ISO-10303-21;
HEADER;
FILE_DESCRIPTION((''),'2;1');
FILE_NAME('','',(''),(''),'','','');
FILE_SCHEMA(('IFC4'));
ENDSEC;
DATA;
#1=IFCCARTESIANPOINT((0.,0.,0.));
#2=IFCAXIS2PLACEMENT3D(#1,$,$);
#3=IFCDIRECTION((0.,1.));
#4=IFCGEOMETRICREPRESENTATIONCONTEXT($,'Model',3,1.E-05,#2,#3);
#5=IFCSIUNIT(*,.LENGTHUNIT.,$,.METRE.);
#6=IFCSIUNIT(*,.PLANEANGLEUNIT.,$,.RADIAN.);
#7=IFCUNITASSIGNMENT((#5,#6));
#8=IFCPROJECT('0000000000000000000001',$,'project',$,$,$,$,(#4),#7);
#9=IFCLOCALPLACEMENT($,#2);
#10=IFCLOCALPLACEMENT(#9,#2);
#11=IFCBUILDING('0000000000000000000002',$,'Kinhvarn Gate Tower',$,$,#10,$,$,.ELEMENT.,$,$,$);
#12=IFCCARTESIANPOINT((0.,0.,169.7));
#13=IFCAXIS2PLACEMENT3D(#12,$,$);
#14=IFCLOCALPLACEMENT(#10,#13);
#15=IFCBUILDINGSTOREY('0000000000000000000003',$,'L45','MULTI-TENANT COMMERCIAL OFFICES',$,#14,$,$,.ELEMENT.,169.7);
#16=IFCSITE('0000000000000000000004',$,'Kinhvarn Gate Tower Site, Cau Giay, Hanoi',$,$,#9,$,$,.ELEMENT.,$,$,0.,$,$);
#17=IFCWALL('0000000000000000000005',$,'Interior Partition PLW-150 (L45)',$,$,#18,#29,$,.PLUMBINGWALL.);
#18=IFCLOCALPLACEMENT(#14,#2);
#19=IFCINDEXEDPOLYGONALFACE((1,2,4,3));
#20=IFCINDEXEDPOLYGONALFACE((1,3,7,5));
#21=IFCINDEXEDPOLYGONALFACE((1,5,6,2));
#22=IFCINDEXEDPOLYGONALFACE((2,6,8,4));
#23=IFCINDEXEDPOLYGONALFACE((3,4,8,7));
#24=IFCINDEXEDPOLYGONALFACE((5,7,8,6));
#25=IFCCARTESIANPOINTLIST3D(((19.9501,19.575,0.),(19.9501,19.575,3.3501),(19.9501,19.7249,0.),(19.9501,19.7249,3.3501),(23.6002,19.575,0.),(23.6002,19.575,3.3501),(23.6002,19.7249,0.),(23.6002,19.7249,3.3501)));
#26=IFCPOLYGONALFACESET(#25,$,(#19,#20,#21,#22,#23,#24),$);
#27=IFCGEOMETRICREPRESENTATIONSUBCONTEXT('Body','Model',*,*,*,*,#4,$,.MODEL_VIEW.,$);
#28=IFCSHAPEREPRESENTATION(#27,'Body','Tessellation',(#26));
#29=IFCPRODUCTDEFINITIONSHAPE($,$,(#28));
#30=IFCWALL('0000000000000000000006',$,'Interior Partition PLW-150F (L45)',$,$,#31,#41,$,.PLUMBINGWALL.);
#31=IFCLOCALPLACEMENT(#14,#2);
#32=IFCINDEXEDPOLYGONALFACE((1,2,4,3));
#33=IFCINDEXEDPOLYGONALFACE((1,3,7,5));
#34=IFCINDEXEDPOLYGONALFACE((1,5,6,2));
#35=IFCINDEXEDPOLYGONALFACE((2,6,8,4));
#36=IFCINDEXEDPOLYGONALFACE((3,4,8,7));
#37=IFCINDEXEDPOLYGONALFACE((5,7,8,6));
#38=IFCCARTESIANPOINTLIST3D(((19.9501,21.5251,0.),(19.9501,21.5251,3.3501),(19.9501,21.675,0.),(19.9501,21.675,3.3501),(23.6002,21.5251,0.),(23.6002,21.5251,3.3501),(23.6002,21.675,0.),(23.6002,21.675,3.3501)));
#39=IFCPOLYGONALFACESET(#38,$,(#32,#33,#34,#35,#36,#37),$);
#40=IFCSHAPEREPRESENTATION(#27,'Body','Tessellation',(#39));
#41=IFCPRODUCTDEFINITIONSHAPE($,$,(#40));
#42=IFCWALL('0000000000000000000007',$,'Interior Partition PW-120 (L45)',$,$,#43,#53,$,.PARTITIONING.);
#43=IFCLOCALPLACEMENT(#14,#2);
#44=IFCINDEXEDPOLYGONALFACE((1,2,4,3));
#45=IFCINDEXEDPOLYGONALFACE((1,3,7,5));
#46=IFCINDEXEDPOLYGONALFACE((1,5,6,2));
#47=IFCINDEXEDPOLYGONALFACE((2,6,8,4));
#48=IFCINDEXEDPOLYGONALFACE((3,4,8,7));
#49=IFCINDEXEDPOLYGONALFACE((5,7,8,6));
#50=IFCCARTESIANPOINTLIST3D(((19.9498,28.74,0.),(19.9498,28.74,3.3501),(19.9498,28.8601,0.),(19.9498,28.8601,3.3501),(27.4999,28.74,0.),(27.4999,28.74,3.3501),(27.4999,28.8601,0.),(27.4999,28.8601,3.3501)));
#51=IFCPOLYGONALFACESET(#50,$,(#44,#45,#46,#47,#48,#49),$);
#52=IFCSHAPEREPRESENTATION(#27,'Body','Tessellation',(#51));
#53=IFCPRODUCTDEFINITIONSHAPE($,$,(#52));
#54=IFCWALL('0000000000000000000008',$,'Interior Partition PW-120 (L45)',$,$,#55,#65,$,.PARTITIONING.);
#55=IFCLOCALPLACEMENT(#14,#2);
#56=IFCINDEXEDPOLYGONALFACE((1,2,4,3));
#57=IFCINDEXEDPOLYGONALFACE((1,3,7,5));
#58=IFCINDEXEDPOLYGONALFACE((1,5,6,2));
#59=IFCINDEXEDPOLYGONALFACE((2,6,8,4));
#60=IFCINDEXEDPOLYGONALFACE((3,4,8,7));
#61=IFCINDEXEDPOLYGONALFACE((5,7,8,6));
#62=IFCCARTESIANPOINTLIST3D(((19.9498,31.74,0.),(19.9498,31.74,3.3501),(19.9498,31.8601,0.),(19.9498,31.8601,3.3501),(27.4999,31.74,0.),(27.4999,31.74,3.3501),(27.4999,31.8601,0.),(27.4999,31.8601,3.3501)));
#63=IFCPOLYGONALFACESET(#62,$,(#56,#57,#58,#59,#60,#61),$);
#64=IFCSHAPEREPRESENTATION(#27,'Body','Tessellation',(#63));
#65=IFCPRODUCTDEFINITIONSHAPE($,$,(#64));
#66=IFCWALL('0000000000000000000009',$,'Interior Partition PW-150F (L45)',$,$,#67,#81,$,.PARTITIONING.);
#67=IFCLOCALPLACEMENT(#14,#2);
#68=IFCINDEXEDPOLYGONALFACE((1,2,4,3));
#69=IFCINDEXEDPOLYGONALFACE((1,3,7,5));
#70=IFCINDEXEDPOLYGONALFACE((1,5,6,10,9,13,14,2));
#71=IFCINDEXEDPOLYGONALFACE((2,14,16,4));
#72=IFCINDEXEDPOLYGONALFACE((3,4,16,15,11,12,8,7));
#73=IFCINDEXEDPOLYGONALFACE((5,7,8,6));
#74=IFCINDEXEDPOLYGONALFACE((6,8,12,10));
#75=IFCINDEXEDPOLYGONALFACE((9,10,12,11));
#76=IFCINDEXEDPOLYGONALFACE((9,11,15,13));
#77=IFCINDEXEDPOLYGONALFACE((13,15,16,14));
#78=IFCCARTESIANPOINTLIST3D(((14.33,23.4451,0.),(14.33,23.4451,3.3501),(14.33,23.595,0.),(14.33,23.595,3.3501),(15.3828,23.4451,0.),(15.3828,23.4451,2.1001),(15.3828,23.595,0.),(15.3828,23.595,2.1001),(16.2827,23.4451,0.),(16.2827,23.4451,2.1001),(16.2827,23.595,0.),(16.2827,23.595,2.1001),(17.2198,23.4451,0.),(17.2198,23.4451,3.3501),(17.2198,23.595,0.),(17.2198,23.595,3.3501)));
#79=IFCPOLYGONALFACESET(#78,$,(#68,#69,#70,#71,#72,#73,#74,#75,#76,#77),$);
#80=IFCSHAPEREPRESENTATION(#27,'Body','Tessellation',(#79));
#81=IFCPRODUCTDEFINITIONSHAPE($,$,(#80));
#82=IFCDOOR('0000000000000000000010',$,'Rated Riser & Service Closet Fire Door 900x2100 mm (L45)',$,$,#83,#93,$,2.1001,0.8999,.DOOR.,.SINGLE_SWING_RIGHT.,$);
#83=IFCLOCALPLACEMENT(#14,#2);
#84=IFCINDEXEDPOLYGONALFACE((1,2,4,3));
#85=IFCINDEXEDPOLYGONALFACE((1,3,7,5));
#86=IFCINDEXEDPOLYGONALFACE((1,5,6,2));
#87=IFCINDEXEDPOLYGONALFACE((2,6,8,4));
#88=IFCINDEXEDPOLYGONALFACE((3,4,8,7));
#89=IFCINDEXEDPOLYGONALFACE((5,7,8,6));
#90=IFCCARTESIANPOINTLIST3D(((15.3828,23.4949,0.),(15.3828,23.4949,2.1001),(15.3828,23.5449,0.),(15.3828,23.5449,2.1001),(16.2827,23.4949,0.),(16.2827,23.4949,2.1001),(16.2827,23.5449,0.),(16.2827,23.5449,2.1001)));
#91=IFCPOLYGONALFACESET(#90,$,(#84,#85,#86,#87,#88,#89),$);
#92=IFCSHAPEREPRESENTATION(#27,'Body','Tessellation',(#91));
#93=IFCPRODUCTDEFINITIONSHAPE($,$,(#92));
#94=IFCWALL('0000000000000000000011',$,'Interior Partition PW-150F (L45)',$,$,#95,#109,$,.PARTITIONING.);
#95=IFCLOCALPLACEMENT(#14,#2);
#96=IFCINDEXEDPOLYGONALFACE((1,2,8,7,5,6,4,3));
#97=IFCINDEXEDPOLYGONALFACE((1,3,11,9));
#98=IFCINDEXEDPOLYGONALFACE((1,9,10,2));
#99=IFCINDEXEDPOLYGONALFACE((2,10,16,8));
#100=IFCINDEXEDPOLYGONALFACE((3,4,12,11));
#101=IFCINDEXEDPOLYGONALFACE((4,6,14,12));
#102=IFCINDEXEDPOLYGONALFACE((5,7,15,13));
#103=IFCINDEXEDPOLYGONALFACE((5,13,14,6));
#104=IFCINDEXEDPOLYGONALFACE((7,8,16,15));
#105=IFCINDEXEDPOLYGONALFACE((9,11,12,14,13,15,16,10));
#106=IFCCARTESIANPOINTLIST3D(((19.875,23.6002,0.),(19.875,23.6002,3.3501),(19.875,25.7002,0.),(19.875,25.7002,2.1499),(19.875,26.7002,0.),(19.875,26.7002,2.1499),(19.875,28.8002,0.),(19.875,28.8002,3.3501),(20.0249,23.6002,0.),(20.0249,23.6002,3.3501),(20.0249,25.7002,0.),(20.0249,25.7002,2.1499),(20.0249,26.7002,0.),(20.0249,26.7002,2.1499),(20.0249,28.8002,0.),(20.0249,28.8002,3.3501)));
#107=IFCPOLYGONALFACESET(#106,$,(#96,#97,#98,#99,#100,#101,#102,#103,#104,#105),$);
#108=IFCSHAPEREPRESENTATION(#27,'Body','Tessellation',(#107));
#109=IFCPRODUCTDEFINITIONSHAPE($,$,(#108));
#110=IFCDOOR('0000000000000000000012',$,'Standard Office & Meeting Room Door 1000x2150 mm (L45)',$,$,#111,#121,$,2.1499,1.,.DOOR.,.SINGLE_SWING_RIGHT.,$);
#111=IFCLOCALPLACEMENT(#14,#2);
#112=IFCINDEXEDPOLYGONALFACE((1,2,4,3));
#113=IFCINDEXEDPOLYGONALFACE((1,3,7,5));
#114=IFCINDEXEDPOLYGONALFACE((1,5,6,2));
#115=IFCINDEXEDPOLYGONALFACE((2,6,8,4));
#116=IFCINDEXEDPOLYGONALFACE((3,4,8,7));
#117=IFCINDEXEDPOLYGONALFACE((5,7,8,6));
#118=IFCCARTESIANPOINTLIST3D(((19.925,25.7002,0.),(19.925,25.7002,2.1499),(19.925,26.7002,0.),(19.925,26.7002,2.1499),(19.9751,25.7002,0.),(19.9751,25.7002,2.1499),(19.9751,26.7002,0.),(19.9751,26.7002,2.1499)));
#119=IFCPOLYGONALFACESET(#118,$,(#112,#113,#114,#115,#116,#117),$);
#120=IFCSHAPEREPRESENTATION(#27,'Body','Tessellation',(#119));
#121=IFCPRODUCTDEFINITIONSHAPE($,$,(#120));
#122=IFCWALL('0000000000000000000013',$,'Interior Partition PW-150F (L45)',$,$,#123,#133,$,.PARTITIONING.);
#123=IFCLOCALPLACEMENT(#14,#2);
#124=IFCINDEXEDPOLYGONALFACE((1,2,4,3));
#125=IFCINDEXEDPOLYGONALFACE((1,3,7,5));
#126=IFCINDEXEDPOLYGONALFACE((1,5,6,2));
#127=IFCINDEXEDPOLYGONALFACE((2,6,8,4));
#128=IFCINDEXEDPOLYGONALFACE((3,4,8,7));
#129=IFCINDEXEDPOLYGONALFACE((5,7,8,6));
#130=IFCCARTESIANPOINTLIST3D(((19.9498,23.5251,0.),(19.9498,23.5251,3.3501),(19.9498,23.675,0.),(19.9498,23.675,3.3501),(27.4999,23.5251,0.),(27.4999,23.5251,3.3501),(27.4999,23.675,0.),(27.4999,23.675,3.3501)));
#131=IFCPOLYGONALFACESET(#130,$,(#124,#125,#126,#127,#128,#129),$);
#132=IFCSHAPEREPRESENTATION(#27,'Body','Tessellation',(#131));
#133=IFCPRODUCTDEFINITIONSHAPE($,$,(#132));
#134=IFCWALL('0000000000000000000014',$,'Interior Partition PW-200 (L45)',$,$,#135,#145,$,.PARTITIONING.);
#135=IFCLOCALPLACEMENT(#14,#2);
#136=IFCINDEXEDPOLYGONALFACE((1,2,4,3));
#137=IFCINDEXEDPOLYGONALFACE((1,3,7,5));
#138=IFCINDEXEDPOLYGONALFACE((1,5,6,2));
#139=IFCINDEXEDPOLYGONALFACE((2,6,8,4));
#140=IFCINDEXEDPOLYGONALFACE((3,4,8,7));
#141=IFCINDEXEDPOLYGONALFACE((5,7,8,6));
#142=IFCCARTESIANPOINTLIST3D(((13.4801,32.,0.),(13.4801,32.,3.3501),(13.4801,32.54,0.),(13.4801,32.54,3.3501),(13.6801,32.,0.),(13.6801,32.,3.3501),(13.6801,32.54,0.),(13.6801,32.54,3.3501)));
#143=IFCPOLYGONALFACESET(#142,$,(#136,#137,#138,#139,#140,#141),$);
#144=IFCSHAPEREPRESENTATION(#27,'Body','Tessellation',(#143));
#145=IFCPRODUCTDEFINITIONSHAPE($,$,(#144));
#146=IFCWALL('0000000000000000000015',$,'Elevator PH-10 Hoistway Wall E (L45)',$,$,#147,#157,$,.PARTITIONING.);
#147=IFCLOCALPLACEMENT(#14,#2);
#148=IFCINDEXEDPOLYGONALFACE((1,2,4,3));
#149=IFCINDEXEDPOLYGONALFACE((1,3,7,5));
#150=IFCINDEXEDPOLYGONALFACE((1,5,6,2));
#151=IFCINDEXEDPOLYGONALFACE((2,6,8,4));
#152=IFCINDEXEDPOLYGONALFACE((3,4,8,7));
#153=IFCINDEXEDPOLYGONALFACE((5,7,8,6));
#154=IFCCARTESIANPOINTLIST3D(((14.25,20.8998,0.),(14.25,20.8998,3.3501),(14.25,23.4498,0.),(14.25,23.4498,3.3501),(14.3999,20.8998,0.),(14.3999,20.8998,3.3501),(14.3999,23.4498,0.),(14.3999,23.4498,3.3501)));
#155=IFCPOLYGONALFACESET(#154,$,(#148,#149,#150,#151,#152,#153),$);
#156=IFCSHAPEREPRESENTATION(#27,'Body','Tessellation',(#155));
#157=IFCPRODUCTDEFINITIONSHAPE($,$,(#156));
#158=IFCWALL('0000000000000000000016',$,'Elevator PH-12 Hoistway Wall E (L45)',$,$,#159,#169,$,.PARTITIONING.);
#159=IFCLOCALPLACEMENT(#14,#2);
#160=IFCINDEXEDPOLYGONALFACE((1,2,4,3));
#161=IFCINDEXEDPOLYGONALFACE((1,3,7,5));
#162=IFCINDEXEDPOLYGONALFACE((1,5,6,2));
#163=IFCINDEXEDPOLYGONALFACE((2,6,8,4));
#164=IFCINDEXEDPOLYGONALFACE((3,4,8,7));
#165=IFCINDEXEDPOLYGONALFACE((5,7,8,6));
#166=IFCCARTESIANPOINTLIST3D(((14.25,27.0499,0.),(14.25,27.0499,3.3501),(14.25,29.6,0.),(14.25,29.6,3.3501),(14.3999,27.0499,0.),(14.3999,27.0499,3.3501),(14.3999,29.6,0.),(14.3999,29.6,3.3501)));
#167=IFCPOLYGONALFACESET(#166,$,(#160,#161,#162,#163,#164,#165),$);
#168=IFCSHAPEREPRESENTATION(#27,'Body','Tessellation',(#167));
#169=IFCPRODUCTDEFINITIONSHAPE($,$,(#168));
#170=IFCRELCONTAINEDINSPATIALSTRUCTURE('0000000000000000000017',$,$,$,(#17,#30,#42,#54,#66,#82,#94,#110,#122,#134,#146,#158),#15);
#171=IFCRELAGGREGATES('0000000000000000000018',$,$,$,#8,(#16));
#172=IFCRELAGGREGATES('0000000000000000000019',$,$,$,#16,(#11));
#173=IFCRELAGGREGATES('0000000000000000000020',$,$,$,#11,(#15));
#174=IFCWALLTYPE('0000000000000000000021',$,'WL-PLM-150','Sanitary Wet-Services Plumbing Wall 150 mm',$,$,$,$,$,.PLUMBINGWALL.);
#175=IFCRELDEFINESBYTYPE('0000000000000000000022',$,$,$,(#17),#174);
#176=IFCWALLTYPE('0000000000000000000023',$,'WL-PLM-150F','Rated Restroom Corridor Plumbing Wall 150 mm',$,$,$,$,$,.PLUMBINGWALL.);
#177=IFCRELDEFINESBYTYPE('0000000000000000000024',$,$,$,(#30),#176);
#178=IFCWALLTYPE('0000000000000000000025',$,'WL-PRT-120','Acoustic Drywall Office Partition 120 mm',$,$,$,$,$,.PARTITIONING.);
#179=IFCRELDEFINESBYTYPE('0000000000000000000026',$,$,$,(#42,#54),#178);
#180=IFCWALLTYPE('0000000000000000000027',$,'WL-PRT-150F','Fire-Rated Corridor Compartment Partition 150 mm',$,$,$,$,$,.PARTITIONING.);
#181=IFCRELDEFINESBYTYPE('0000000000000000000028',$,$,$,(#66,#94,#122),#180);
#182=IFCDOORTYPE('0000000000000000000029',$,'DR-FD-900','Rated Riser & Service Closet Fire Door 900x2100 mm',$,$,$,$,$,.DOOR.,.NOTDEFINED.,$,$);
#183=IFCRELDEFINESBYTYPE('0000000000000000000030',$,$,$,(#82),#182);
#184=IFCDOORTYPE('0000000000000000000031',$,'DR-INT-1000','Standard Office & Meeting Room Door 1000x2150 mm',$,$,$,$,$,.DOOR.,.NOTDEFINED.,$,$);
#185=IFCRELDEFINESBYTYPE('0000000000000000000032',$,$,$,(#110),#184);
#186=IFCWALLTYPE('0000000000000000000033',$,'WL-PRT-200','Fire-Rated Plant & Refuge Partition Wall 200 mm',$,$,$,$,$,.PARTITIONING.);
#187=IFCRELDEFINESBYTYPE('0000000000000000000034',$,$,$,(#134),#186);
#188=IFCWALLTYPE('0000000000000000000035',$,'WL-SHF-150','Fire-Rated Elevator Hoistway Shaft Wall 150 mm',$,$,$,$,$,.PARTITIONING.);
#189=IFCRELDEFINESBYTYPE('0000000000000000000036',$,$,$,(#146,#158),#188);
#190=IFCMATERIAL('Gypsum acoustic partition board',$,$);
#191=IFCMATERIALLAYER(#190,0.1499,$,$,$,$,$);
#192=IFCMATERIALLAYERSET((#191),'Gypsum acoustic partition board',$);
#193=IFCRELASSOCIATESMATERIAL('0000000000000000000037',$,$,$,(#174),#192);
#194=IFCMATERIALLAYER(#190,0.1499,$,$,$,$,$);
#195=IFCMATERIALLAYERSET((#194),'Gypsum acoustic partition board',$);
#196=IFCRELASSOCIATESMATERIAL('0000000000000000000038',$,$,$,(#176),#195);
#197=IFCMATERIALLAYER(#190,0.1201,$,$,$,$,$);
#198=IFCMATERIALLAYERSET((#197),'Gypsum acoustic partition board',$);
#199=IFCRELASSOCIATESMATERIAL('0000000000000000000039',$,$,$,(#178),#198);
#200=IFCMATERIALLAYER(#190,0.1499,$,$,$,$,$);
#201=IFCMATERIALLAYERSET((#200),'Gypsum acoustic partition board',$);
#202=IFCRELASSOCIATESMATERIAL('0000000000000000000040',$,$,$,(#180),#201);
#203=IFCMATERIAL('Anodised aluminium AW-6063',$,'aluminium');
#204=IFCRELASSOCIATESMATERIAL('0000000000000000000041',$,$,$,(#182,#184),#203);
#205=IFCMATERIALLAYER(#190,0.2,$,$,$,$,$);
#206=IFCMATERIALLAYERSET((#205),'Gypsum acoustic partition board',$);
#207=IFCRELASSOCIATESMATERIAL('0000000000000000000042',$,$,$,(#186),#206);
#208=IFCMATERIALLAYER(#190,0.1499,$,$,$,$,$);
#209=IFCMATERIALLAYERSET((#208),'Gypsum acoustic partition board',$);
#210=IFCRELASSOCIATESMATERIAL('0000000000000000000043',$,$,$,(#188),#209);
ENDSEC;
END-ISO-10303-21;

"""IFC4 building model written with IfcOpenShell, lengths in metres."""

from ifc_helpers import new_model, si_unit, direction, frame, frame_2d, origin, place, context, subcontext, project, spatial, rectangle, extrude, material, layer, layer_set, type_object, element, fill, save


model = new_model("IFC4")

# Units and contexts
model_context = context("Model", 3, precision=1e-05, world=origin(), true_north=direction((0.0, 1.0)))
body_context = subcontext(model_context, "Body", "Model", "MODEL_VIEW")
ifc_project = project(units=[si_unit("LENGTHUNIT", "METRE"), si_unit("PLANEANGLEUNIT", "RADIAN")], contexts=[model_context])

# Site, building, storey
site_placement = place(None, origin())
site = spatial("IfcSite", under=ifc_project, at=site_placement, Name="Kinhvarn Gate Tower Site, Cau Giay, Hanoi", CompositionType="ELEMENT", RefElevation=0.0)
building_placement = place(site_placement, origin())
building = spatial("IfcBuilding", under=site, at=building_placement, Name="Kinhvarn Gate Tower", CompositionType="ELEMENT")
storey_placement = place(building_placement, frame((0.0, 0.0, 169.7)))
storey = spatial("IfcBuildingStorey", under=building, at=storey_placement, Name="L45", Description="MULTI-TENANT COMMERCIAL OFFICES", CompositionType="ELEMENT", Elevation=169.7)

# Shared definitions
ifc_material_1 = material(Name="Anodised aluminium AW-6063", Category="aluminium")

# Walls
ifc_material_2 = material(Name="Gypsum acoustic partition board")
ifc_layer_1 = layer(ifc_material_2, 0.1499)
ifc_layer_set_1 = layer_set([ifc_layer_1], Name="Gypsum acoustic partition board")
wall_type_1 = type_object("IfcWallType", Name="WL-PLM-150", Description="Sanitary Wet-Services Plumbing Wall 150 mm", PredefinedType="PLUMBINGWALL", material=ifc_layer_set_1)
wall_1_placement = place(storey_placement, frame((19.95, 19.6499, 0.0), z_axis=(0.0, 0.0, 1.0), x_axis=(1.0, 0.0, 0.0)))
element("IfcWall", 1, at=wall_1_placement, inside=storey, type_object=wall_type_1, Name="Interior Partition PLW-150 (L45)", PredefinedType="PLUMBINGWALL", context=body_context, shape_type="SweptSolid", body=[
    extrude(rectangle(XDim=3.6501, YDim=0.1499, at=frame_2d((1.8252, 0.0))), origin(), (0.0, 0.0, 1.0), 3.3501),
])
ifc_layer_2 = layer(ifc_material_2, 0.1499)
ifc_layer_set_2 = layer_set([ifc_layer_2], Name="Gypsum acoustic partition board")
wall_type_2 = type_object("IfcWallType", Name="WL-PLM-150F", Description="Rated Restroom Corridor Plumbing Wall 150 mm", PredefinedType="PLUMBINGWALL", material=ifc_layer_set_2)
wall_2_placement = place(storey_placement, frame((19.95, 21.6001, 0.0), z_axis=(0.0, 0.0, 1.0), x_axis=(1.0, 0.0, 0.0)))
element("IfcWall", 2, at=wall_2_placement, inside=storey, type_object=wall_type_2, Name="Interior Partition PLW-150F (L45)", PredefinedType="PLUMBINGWALL", context=body_context, shape_type="SweptSolid", body=[
    extrude(rectangle(XDim=3.6501, YDim=0.1499, at=frame_2d((1.8252, 0.0))), origin(), (0.0, 0.0, 1.0), 3.3501),
])
ifc_layer_3 = layer(ifc_material_2, 0.1201)
ifc_layer_set_3 = layer_set([ifc_layer_3], Name="Gypsum acoustic partition board")
wall_type_3 = type_object("IfcWallType", Name="WL-PRT-120", Description="Acoustic Drywall Office Partition 120 mm", PredefinedType="PARTITIONING", material=ifc_layer_set_3)
for number, where, z_axis, x_axis, name in (
    (3, (19.95, 28.8, 0.0), (0.0, 0.0, 1.0), (1.0, 0.0, 0.0), "Interior Partition PW-120 (L45)"),
    (4, (19.95, 31.8, 0.0), (0.0, 0.0, 1.0), (1.0, 0.0, 0.0), "Interior Partition PW-120 (L45)"),
):
    element("IfcWall", number, at=place(storey_placement, frame(where, z_axis=z_axis, x_axis=x_axis)), inside=storey, type_object=wall_type_3, Name=name, PredefinedType="PARTITIONING", context=body_context, shape_type="SweptSolid", body=[
        extrude(rectangle(XDim=7.55, YDim=0.1201, at=frame_2d((3.7749, 0.0))), origin(), (0.0, 0.0, 1.0), 3.3501),
    ])

# Walls, openings, doors
ifc_layer_4 = layer(ifc_material_2, 0.1499)
ifc_layer_set_4 = layer_set([ifc_layer_4], Name="Gypsum acoustic partition board")
wall_type_4 = type_object("IfcWallType", Name="WL-PRT-150F", Description="Fire-Rated Corridor Compartment Partition 150 mm", PredefinedType="PARTITIONING", material=ifc_layer_set_4)
wall_3_placement = place(storey_placement, frame((14.3301, 23.52, 0.0), z_axis=(0.0, 0.0, 1.0), x_axis=(1.0, 0.0, 0.0)))
wall_3 = element("IfcWall", 5, at=wall_3_placement, inside=storey, type_object=wall_type_4, Name="Interior Partition PW-150F (L45)", PredefinedType="PARTITIONING", context=body_context, shape_type="SweptSolid", body=[
    extrude(rectangle(XDim=2.8899, YDim=0.1499, at=frame_2d((1.4448, 0.0))), origin(), (0.0, 0.0, 1.0), 3.3501),
])
opening_1_placement = place(wall_3_placement, frame((1.0527, 0.0, 0.0)))
opening_1 = element("IfcOpeningElement", 6, at=opening_1_placement, cuts=wall_3, PredefinedType="OPENING", context=body_context, shape_type="SweptSolid", body=[
    extrude(rectangle(XDim=0.8999, YDim=2.1001, at=frame_2d((0.45, 1.05))), frame((0.0, 0.085, 0.0), z_axis=(0.0, -1.0, 0.0), x_axis=(1.0, 0.0, 0.0)), (0.0, 0.0, 1.0), 0.1699),
])
door_type_1 = type_object("IfcDoorType", Name="DR-FD-900", Description="Rated Riser & Service Closet Fire Door 900x2100 mm", OperationType="NOTDEFINED", PredefinedType="DOOR", material=ifc_material_1)
door_1_placement = place(opening_1_placement, origin())
door_1 = element("IfcDoor", 7, at=door_1_placement, inside=storey, type_object=door_type_1, Name="Rated Riser & Service Closet Fire Door 900x2100 mm (L45)", OperationType="SINGLE_SWING_RIGHT", OverallHeight=2.1001, OverallWidth=0.8999, PredefinedType="DOOR", context=body_context, shape_type="SweptSolid", body=[
    extrude(rectangle(XDim=0.8999, YDim=2.1001, at=frame_2d((0.45, 1.05))), frame((0.0, 0.0249, 0.0), z_axis=(0.0, -1.0, 0.0), x_axis=(1.0, 0.0, 0.0)), (0.0, 0.0, 1.0), 0.05),
])
fill(opening_1, door_1)
wall_4_placement = place(storey_placement, frame((19.95, 23.6001, 0.0), z_axis=(0.0, 0.0, 1.0), x_axis=(0.0, 1.0, 0.0)))
wall_4 = element("IfcWall", 8, at=wall_4_placement, inside=storey, type_object=wall_type_4, Name="Interior Partition PW-150F (L45)", PredefinedType="PARTITIONING", context=body_context, shape_type="SweptSolid", body=[
    extrude(rectangle(XDim=5.2, YDim=0.1499, at=frame_2d((2.6001, 0.0))), origin(), (0.0, 0.0, 1.0), 3.3501),
])
opening_2_placement = place(wall_4_placement, frame((2.1001, 0.0, 0.0)))
opening_2 = element("IfcOpeningElement", 9, at=opening_2_placement, cuts=wall_4, PredefinedType="OPENING", context=body_context, shape_type="SweptSolid", body=[
    extrude(rectangle(XDim=1.0, YDim=2.1499, at=frame_2d((0.5, 1.075))), frame((0.0, 0.085, 0.0), z_axis=(0.0, -1.0, 0.0), x_axis=(1.0, 0.0, 0.0)), (0.0, 0.0, 1.0), 0.1699),
])
door_type_2 = type_object("IfcDoorType", Name="DR-INT-1000", Description="Standard Office & Meeting Room Door 1000x2150 mm", OperationType="NOTDEFINED", PredefinedType="DOOR", material=ifc_material_1)
door_2_placement = place(opening_2_placement, origin())
door_2 = element("IfcDoor", 10, at=door_2_placement, inside=storey, type_object=door_type_2, Name="Standard Office & Meeting Room Door 1000x2150 mm (L45)", OperationType="SINGLE_SWING_RIGHT", OverallHeight=2.1499, OverallWidth=1.0, PredefinedType="DOOR", context=body_context, shape_type="SweptSolid", body=[
    extrude(rectangle(XDim=1.0, YDim=2.1499, at=frame_2d((0.5, 1.075))), frame((0.0, 0.0249, 0.0), z_axis=(0.0, -1.0, 0.0), x_axis=(1.0, 0.0, 0.0)), (0.0, 0.0, 1.0), 0.05),
])
fill(opening_2, door_2)

# Walls
wall_5_placement = place(storey_placement, frame((19.95, 23.6001, 0.0), z_axis=(0.0, 0.0, 1.0), x_axis=(1.0, 0.0, 0.0)))
element("IfcWall", 11, at=wall_5_placement, inside=storey, type_object=wall_type_4, Name="Interior Partition PW-150F (L45)", PredefinedType="PARTITIONING", context=body_context, shape_type="SweptSolid", body=[
    extrude(rectangle(XDim=7.55, YDim=0.1499, at=frame_2d((3.7749, 0.0))), origin(), (0.0, 0.0, 1.0), 3.3501),
])
ifc_layer_5 = layer(ifc_material_2, 0.2)
ifc_layer_set_5 = layer_set([ifc_layer_5], Name="Gypsum acoustic partition board")
wall_type_5 = type_object("IfcWallType", Name="WL-PRT-200", Description="Fire-Rated Plant & Refuge Partition Wall 200 mm", PredefinedType="PARTITIONING", material=ifc_layer_set_5)
wall_6_placement = place(storey_placement, frame((13.5801, 32.0, 0.0), z_axis=(0.0, 0.0, 1.0), x_axis=(0.0, 1.0, 0.0)))
element("IfcWall", 12, at=wall_6_placement, inside=storey, type_object=wall_type_5, Name="Interior Partition PW-200 (L45)", PredefinedType="PARTITIONING", context=body_context, shape_type="SweptSolid", body=[
    extrude(rectangle(XDim=0.54, YDim=0.2, at=frame_2d((0.27, 0.0))), origin(), (0.0, 0.0, 1.0), 3.3501),
])
ifc_layer_6 = layer(ifc_material_2, 0.1499)
ifc_layer_set_6 = layer_set([ifc_layer_6], Name="Gypsum acoustic partition board")
wall_type_6 = type_object("IfcWallType", Name="WL-SHF-150", Description="Fire-Rated Elevator Hoistway Shaft Wall 150 mm", PredefinedType="PARTITIONING", material=ifc_layer_set_6)
for number, where, z_axis, x_axis, name in (
    (13, (14.325, 20.8999, 0.0), (0.0, 0.0, 1.0), (0.0, 1.0, 0.0), "Elevator PH-10 Hoistway Wall E (L45)"),
    (14, (14.325, 27.05, 0.0), (0.0, 0.0, 1.0), (0.0, 1.0, 0.0), "Elevator PH-12 Hoistway Wall E (L45)"),
):
    element("IfcWall", number, at=place(storey_placement, frame(where, z_axis=z_axis, x_axis=x_axis)), inside=storey, type_object=wall_type_6, Name=name, PredefinedType="PARTITIONING", context=body_context, shape_type="SweptSolid", body=[
        extrude(rectangle(XDim=2.55, YDim=0.1499, at=frame_2d((1.2749, 0.0))), origin(), (0.0, 0.0, 1.0), 3.3501),
    ])

save(model, "model.ifc")
